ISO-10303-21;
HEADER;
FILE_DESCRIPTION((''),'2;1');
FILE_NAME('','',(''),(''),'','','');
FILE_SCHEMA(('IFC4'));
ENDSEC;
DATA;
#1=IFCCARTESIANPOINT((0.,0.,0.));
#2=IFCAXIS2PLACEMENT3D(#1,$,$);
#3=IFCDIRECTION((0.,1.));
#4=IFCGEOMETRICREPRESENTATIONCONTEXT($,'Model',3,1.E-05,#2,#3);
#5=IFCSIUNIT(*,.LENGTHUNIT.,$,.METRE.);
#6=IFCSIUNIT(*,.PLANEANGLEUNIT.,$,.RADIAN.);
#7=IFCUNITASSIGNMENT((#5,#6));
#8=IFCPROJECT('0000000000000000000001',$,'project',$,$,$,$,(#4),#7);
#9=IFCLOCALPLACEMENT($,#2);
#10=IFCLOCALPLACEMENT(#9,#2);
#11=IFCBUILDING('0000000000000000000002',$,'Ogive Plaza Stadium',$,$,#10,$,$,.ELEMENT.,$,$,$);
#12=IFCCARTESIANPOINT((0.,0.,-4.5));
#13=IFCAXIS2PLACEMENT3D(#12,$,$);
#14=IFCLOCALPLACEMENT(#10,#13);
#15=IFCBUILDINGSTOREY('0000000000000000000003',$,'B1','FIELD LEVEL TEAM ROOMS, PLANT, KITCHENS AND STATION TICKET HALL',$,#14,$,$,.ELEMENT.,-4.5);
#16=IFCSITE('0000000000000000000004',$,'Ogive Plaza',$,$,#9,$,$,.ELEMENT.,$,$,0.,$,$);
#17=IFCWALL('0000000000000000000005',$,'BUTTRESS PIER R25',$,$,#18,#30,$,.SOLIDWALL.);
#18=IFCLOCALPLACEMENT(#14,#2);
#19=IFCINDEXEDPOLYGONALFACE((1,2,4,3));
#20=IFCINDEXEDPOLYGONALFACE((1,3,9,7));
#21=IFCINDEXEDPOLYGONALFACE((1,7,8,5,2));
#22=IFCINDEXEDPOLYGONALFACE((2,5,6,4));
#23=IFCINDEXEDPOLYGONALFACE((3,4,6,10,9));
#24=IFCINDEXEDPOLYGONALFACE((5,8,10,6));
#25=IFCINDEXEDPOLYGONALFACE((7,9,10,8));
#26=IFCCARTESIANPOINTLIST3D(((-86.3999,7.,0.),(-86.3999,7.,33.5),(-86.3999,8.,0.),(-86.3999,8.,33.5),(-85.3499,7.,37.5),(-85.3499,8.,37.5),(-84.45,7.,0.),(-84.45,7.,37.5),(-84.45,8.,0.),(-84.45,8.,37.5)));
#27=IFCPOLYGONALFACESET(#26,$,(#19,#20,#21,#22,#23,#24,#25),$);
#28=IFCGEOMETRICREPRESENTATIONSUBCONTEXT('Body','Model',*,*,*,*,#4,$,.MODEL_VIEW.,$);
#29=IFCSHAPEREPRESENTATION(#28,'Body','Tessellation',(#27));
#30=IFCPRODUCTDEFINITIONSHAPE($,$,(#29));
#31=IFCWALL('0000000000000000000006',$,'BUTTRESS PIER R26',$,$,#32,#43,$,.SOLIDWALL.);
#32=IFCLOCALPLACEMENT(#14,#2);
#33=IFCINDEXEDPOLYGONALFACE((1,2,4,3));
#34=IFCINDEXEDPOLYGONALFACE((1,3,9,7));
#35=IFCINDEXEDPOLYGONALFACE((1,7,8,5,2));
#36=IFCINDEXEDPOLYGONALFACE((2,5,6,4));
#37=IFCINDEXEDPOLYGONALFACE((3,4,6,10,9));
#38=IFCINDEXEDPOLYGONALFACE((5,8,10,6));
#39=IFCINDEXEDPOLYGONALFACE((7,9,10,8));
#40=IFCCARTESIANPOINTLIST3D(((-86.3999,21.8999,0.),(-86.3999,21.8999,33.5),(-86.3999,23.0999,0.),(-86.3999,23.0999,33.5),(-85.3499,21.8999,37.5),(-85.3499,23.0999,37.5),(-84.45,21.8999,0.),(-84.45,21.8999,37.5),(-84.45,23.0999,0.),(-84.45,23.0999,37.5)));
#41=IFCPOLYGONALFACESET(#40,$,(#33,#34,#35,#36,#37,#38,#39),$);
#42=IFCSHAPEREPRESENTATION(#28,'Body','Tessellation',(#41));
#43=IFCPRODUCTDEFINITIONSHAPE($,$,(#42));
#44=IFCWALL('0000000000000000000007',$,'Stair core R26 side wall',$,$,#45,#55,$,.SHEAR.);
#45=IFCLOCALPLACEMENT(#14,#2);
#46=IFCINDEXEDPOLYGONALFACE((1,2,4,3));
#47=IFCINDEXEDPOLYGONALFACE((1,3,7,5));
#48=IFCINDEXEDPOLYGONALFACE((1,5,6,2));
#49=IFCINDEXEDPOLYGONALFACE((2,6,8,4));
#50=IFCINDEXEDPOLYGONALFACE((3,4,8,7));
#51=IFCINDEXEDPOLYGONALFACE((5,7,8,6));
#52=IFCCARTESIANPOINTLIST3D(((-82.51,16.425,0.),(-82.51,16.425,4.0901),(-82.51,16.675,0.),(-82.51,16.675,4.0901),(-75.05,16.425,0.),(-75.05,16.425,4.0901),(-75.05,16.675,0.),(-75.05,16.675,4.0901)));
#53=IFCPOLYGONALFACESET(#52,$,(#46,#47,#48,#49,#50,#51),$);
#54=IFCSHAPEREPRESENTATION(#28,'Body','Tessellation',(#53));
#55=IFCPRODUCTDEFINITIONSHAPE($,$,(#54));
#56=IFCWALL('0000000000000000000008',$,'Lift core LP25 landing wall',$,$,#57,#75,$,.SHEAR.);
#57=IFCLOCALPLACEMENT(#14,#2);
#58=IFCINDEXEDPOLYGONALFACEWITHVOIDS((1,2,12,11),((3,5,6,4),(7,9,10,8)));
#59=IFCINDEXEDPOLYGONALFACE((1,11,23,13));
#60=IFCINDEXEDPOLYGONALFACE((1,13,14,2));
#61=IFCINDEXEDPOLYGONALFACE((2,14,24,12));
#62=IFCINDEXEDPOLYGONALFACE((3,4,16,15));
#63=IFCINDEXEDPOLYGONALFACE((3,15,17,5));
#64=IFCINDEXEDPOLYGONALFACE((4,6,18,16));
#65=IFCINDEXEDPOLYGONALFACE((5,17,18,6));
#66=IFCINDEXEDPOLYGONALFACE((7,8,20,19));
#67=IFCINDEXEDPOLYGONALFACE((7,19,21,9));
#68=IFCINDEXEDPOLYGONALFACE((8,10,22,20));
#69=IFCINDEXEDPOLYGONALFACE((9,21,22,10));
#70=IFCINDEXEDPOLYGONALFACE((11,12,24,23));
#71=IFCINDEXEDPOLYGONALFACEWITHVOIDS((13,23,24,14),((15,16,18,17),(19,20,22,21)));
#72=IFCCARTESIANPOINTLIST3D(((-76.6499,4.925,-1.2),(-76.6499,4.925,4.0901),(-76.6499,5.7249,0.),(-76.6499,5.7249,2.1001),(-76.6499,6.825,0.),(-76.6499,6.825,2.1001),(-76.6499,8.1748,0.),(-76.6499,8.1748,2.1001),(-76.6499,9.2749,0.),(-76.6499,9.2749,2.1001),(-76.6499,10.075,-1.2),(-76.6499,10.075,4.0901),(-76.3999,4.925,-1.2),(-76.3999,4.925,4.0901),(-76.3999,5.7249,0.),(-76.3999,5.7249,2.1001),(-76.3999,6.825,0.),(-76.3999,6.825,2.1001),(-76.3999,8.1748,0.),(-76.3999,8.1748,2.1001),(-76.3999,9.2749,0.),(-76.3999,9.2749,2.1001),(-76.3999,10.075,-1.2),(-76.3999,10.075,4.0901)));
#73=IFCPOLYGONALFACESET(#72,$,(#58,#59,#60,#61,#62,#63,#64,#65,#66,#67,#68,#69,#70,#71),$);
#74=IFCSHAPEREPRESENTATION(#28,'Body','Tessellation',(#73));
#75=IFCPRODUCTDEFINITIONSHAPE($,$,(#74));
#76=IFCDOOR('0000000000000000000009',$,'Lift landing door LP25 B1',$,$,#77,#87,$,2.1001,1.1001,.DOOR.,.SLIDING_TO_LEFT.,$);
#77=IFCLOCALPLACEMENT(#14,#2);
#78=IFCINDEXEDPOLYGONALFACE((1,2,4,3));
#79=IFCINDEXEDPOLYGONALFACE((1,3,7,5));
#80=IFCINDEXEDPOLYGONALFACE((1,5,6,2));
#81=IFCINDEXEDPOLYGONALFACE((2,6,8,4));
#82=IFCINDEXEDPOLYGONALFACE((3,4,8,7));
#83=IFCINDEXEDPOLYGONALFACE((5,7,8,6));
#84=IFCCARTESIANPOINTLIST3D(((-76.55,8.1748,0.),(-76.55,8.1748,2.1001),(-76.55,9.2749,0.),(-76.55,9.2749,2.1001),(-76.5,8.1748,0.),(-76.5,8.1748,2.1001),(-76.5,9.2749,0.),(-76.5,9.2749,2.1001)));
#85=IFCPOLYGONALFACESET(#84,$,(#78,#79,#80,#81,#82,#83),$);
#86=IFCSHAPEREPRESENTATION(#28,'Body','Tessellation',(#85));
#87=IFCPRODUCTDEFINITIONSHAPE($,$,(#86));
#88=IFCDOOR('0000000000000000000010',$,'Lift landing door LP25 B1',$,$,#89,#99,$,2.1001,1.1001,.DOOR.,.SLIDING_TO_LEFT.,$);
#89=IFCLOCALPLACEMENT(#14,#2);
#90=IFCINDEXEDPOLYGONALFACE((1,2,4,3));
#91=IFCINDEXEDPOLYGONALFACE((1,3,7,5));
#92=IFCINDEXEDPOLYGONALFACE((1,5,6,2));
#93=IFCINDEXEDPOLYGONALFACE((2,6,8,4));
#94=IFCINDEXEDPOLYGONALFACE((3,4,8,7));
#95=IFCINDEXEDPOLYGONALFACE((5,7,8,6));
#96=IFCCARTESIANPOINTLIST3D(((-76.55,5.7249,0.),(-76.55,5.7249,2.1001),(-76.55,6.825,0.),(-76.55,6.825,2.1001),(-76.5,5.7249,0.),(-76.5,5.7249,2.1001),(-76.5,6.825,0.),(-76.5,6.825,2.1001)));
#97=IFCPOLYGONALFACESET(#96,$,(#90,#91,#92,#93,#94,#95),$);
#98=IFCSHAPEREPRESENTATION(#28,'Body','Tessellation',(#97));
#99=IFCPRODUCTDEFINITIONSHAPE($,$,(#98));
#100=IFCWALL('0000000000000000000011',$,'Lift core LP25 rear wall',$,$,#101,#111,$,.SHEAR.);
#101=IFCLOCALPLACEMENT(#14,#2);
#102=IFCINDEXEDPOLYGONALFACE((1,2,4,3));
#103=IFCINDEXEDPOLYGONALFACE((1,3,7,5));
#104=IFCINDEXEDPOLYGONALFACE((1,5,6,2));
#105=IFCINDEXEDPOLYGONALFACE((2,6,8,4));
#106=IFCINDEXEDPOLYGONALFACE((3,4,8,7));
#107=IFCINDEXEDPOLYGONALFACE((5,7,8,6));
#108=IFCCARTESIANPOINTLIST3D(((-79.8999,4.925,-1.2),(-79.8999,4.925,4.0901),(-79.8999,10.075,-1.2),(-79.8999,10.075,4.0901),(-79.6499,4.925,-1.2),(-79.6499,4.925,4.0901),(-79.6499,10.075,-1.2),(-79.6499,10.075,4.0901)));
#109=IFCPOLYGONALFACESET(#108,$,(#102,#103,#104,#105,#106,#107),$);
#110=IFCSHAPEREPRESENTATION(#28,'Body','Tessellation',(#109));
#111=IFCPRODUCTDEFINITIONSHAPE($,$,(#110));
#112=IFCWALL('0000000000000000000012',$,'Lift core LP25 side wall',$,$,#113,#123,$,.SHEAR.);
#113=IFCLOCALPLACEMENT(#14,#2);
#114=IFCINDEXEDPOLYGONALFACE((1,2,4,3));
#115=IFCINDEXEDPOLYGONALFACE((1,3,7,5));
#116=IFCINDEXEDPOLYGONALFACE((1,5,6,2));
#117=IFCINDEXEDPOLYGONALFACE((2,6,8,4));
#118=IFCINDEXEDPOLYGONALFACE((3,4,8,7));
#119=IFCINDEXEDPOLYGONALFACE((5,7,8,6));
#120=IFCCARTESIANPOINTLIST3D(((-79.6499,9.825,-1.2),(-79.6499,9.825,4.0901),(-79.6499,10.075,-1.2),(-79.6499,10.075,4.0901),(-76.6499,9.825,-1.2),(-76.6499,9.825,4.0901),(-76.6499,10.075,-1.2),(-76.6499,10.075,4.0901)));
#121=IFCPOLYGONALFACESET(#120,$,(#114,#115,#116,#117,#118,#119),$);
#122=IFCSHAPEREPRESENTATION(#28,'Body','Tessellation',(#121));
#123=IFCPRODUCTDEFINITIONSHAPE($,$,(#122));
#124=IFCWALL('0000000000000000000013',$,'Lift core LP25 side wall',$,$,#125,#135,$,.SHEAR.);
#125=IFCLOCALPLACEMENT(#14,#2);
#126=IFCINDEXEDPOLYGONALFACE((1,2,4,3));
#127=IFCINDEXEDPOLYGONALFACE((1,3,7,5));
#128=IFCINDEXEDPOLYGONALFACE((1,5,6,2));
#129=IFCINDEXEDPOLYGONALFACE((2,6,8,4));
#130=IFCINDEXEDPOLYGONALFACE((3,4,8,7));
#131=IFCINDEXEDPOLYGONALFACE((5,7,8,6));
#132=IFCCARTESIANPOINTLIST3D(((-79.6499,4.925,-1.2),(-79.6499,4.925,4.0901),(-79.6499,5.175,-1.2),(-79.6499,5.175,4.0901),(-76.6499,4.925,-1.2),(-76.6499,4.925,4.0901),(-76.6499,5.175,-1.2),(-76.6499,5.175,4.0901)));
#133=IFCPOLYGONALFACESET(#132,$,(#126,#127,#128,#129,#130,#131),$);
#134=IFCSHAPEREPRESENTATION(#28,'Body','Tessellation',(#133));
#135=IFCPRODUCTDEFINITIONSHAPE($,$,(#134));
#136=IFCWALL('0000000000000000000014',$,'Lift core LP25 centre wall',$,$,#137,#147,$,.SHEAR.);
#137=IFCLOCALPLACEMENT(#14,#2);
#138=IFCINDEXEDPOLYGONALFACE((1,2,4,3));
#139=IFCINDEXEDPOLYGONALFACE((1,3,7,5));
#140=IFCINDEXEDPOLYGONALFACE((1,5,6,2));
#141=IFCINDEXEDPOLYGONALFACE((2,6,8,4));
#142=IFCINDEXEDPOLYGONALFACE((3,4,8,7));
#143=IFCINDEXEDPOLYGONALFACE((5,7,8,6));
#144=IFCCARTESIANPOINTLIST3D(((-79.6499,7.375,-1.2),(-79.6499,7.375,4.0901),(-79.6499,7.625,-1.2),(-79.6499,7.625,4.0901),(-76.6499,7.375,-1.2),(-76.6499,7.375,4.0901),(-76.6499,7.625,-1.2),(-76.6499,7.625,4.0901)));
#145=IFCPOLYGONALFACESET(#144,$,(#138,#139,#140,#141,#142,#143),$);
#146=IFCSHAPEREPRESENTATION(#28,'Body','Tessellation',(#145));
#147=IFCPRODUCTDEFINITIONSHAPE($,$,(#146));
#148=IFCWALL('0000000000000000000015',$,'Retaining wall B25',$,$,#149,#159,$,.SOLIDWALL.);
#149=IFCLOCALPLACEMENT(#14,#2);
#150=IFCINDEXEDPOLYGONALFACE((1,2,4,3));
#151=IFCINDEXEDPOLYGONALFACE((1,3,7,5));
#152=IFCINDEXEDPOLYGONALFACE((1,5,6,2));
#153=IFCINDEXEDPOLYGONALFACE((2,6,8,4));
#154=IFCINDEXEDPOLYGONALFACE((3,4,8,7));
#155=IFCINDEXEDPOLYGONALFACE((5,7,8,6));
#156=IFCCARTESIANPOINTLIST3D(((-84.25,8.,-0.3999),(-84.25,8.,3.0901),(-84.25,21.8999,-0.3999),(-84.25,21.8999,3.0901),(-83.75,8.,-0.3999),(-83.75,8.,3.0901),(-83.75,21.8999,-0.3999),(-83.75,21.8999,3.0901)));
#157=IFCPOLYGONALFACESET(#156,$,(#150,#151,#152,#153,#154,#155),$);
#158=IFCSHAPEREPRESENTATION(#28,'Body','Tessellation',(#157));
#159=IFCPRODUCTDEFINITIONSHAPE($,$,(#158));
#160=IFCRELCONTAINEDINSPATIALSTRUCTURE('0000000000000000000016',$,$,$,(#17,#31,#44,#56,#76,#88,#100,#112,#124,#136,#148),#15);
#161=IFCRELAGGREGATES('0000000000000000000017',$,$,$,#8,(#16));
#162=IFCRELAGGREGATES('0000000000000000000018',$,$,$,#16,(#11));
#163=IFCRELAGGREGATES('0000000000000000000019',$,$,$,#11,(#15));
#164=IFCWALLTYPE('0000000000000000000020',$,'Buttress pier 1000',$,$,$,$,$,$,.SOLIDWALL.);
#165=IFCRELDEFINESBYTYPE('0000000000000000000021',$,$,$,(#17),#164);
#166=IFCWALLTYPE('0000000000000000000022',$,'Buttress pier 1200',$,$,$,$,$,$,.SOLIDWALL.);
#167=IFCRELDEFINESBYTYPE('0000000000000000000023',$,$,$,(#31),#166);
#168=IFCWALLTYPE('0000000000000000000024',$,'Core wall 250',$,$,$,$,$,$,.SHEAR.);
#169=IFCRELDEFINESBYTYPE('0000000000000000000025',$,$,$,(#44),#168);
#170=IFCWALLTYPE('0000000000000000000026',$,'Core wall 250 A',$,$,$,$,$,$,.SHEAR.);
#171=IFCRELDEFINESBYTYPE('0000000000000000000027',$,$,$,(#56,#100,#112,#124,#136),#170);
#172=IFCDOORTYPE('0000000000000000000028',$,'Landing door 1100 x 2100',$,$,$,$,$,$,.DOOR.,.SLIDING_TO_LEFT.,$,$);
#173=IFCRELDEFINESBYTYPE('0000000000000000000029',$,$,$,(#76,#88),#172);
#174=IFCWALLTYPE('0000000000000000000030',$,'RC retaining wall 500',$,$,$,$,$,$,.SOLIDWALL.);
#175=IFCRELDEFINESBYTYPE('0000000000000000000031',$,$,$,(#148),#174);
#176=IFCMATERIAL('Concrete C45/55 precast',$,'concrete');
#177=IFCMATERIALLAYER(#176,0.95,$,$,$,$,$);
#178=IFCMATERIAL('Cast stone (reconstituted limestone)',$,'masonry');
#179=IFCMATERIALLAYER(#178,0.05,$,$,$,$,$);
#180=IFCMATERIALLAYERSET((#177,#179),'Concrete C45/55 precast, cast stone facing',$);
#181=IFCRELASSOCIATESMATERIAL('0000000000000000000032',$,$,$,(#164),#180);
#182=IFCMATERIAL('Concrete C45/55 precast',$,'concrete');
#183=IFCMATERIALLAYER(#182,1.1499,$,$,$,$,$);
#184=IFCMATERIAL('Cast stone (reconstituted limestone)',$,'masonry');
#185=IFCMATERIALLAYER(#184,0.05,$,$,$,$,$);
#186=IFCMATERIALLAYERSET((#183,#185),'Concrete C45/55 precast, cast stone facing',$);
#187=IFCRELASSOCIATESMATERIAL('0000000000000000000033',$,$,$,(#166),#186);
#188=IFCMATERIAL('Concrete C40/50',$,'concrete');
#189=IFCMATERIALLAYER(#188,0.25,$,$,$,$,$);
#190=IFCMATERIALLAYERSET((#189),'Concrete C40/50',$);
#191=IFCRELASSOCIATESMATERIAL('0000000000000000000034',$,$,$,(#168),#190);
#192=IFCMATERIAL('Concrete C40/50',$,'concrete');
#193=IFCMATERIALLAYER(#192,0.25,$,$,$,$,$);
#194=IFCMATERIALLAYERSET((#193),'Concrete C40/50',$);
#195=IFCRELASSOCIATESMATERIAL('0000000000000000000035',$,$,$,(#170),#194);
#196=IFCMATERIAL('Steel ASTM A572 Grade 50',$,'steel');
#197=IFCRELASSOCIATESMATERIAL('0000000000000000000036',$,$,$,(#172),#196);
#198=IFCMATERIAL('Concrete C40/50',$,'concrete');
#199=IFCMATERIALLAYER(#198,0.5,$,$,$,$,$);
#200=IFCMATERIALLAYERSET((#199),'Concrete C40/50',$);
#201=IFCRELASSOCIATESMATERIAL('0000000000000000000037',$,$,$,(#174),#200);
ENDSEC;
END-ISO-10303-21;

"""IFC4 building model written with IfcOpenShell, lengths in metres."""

from ifc_helpers import new_model, si_unit, direction, frame, frame_2d, origin, place, context, subcontext, project, spatial, polyline, rectangle, outline, extrude, material, layer, layer_set, type_object, element, fill, save


model = new_model("IFC4")

# Units and contexts
model_context = context("Model", 3, precision=1e-05, world=origin(), true_north=direction((0.0, 1.0)))
body_context = subcontext(model_context, "Body", "Model", "MODEL_VIEW")
ifc_project = project(units=[si_unit("LENGTHUNIT", "METRE"), si_unit("PLANEANGLEUNIT", "RADIAN")], contexts=[model_context])

# Site, building, storey
site_placement = place(None, origin())
site = spatial("IfcSite", under=ifc_project, at=site_placement, Name="Ogive Plaza", CompositionType="ELEMENT", RefElevation=0.0)
building_placement = place(site_placement, origin())
building = spatial("IfcBuilding", under=site, at=building_placement, Name="Ogive Plaza Stadium", CompositionType="ELEMENT")
storey_placement = place(building_placement, frame((0.0, 0.0, -4.5)))
storey = spatial("IfcBuildingStorey", under=building, at=storey_placement, Name="B1", Description="FIELD LEVEL TEAM ROOMS, PLANT, KITCHENS AND STATION TICKET HALL", CompositionType="ELEMENT", Elevation=-4.5)

# Walls
ifc_material_1 = material(Name="Concrete C45/55 precast", Category="concrete")
ifc_layer_1 = layer(ifc_material_1, 0.95)
ifc_material_2 = material(Name="Cast stone (reconstituted limestone)", Category="masonry")
ifc_layer_2 = layer(ifc_material_2, 0.05)
ifc_layer_set_1 = layer_set([ifc_layer_1, ifc_layer_2], Name="Concrete C45/55 precast, cast stone facing")
wall_type_1 = type_object("IfcWallType", Name="Buttress pier 1000", PredefinedType="SOLIDWALL", material=ifc_layer_set_1)
wall_1_placement = place(storey_placement, frame((-84.45, 7.5, 0.0), z_axis=(0.0, 0.0, 1.0), x_axis=(-1.0, 0.0, 0.0)))
element("IfcWall", 1, at=wall_1_placement, inside=storey, type_object=wall_type_1, Name="BUTTRESS PIER R25", PredefinedType="SOLIDWALL", context=body_context, shape_type="SweptSolid", body=[
    extrude(outline(polyline([(0.0, 0.0), (1.95, 0.0), (1.95, 33.5), (0.8999, 37.5), (0.0, 37.5), (0.0, 0.0)])), frame((0.0, 0.5, 0.0), z_axis=(0.0, -1.0, 0.0), x_axis=(1.0, 0.0, 0.0)), (0.0, 0.0, 1.0), 1.0),
])
ifc_material_3 = material(Name="Concrete C45/55 precast", Category="concrete")
ifc_layer_3 = layer(ifc_material_3, 1.1499)
ifc_material_4 = material(Name="Cast stone (reconstituted limestone)", Category="masonry")
ifc_layer_4 = layer(ifc_material_4, 0.05)
ifc_layer_set_2 = layer_set([ifc_layer_3, ifc_layer_4], Name="Concrete C45/55 precast, cast stone facing")
wall_type_2 = type_object("IfcWallType", Name="Buttress pier 1200", PredefinedType="SOLIDWALL", material=ifc_layer_set_2)
wall_2_placement = place(storey_placement, frame((-84.45, 22.5, 0.0), z_axis=(0.0, 0.0, 1.0), x_axis=(-1.0, 0.0, 0.0)))
element("IfcWall", 2, at=wall_2_placement, inside=storey, type_object=wall_type_2, Name="BUTTRESS PIER R26", PredefinedType="SOLIDWALL", context=body_context, shape_type="SweptSolid", body=[
    extrude(outline(polyline([(0.0, 0.0), (1.95, 0.0), (1.95, 33.5), (0.8999, 37.5), (0.0, 37.5), (0.0, 0.0)])), frame((0.0, 0.6001, 0.0), z_axis=(0.0, -1.0, 0.0), x_axis=(1.0, 0.0, 0.0)), (0.0, 0.0, 1.0), 1.2),
])
ifc_material_5 = material(Name="Concrete C40/50", Category="concrete")
ifc_layer_5 = layer(ifc_material_5, 0.25)
ifc_layer_set_3 = layer_set([ifc_layer_5], Name="Concrete C40/50")
wall_type_3 = type_object("IfcWallType", Name="Core wall 250", PredefinedType="SHEAR", material=ifc_layer_set_3)
wall_3_placement = place(storey_placement, frame((-75.05, 16.55, 0.0), z_axis=(0.0, 0.0, 1.0), x_axis=(-1.0, 0.0, 0.0)))
element("IfcWall", 3, at=wall_3_placement, inside=storey, type_object=wall_type_3, Name="Stair core R26 side wall", PredefinedType="SHEAR", context=body_context, shape_type="SweptSolid", body=[
    extrude(rectangle(XDim=7.46, YDim=0.25, at=frame_2d((3.73, 0.0))), origin(), (0.0, 0.0, 1.0), 4.0901),
])

# Wall, openings, doors
ifc_material_6 = material(Name="Concrete C40/50", Category="concrete")
ifc_layer_6 = layer(ifc_material_6, 0.25)
ifc_layer_set_4 = layer_set([ifc_layer_6], Name="Concrete C40/50")
wall_type_4 = type_object("IfcWallType", Name="Core wall 250 A", PredefinedType="SHEAR", material=ifc_layer_set_4)
wall_4_placement = place(storey_placement, frame((-76.5249, 10.075, -1.2), z_axis=(0.0, 0.0, 1.0), x_axis=(0.0, -1.0, 0.0)))
wall_4 = element("IfcWall", 4, at=wall_4_placement, inside=storey, type_object=wall_type_4, Name="Lift core LP25 landing wall", PredefinedType="SHEAR", context=body_context, shape_type="SweptSolid", body=[
    extrude(rectangle(XDim=5.1499, YDim=0.25, at=frame_2d((2.575, 0.0))), origin(), (0.0, 0.0, 1.0), 5.29),
])
opening_1_placement = place(wall_4_placement, frame((0.8, 0.0, 1.2)))
opening_1 = element("IfcOpeningElement", 5, at=opening_1_placement, cuts=wall_4, PredefinedType="OPENING", context=body_context, shape_type="SweptSolid", body=[
    extrude(rectangle(XDim=1.1001, YDim=2.1001, at=frame_2d((0.55, 1.05))), frame((0.0, 0.125, 0.0), z_axis=(0.0, -1.0, 0.0), x_axis=(1.0, 0.0, 0.0)), (0.0, 0.0, 1.0), 0.25),
])
opening_2_placement = place(wall_4_placement, frame((3.25, 0.0, 1.2)))
opening_2 = element("IfcOpeningElement", 6, at=opening_2_placement, cuts=wall_4, PredefinedType="OPENING", context=body_context, shape_type="SweptSolid", body=[
    extrude(rectangle(XDim=1.1001, YDim=2.1001, at=frame_2d((0.55, 1.05))), frame((0.0, 0.125, 0.0), z_axis=(0.0, -1.0, 0.0), x_axis=(1.0, 0.0, 0.0)), (0.0, 0.0, 1.0), 0.25),
])
ifc_material_7 = material(Name="Steel ASTM A572 Grade 50", Category="steel")
door_type = type_object("IfcDoorType", Name="Landing door 1100 x 2100", OperationType="SLIDING_TO_LEFT", PredefinedType="DOOR", material=ifc_material_7)
door_1_placement = place(opening_1_placement, origin())
door_1 = element("IfcDoor", 7, at=door_1_placement, inside=storey, type_object=door_type, Name="Lift landing door LP25 B1", OperationType="SLIDING_TO_LEFT", OverallHeight=2.1001, OverallWidth=1.1001, PredefinedType="DOOR", context=body_context, shape_type="SweptSolid", body=[
    extrude(rectangle(XDim=1.1001, YDim=2.1001, at=frame_2d((0.55, 1.05))), frame((0.0, 0.0249, 0.0), z_axis=(0.0, -1.0, 0.0), x_axis=(1.0, 0.0, 0.0)), (0.0, 0.0, 1.0), 0.05),
])
fill(opening_1, door_1)
door_2_placement = place(opening_2_placement, origin())
door_2 = element("IfcDoor", 8, at=door_2_placement, inside=storey, type_object=door_type, Name="Lift landing door LP25 B1", OperationType="SLIDING_TO_LEFT", OverallHeight=2.1001, OverallWidth=1.1001, PredefinedType="DOOR", context=body_context, shape_type="SweptSolid", body=[
    extrude(rectangle(XDim=1.1001, YDim=2.1001, at=frame_2d((0.55, 1.05))), frame((0.0, 0.0249, 0.0), z_axis=(0.0, -1.0, 0.0), x_axis=(1.0, 0.0, 0.0)), (0.0, 0.0, 1.0), 0.05),
])
fill(opening_2, door_2)

# Walls
wall_5_placement = place(storey_placement, frame((-79.7749, 10.075, -1.2), z_axis=(0.0, 0.0, 1.0), x_axis=(0.0, -1.0, 0.0)))
element("IfcWall", 9, at=wall_5_placement, inside=storey, type_object=wall_type_4, Name="Lift core LP25 rear wall", PredefinedType="SHEAR", context=body_context, shape_type="SweptSolid", body=[
    extrude(rectangle(XDim=5.1499, YDim=0.25, at=frame_2d((2.575, 0.0))), origin(), (0.0, 0.0, 1.0), 5.29),
])
for number, where, z_axis, x_axis, name in (
    (10, (-76.6499, 9.95, -1.2), (0.0, 0.0, 1.0), (-1.0, 0.0, 0.0), "Lift core LP25 side wall"),
    (11, (-76.6499, 5.05, -1.2), (0.0, 0.0, 1.0), (-1.0, 0.0, 0.0), "Lift core LP25 side wall"),
    (12, (-76.6499, 7.5, -1.2), (0.0, 0.0, 1.0), (-1.0, 0.0, 0.0), "Lift core LP25 centre wall"),
):
    element("IfcWall", number, at=place(storey_placement, frame(where, z_axis=z_axis, x_axis=x_axis)), inside=storey, type_object=wall_type_4, Name=name, PredefinedType="SHEAR", context=body_context, shape_type="SweptSolid", body=[
        extrude(rectangle(XDim=3.0, YDim=0.25, at=frame_2d((1.5, 0.0))), origin(), (0.0, 0.0, 1.0), 5.29),
    ])
ifc_material_8 = material(Name="Concrete C40/50", Category="concrete")
ifc_layer_7 = layer(ifc_material_8, 0.5)
ifc_layer_set_5 = layer_set([ifc_layer_7], Name="Concrete C40/50")
wall_type_5 = type_object("IfcWallType", Name="RC retaining wall 500", PredefinedType="SOLIDWALL", material=ifc_layer_set_5)
wall_6_placement = place(storey_placement, frame((-84.0, 8.0, -0.3999), z_axis=(0.0, 0.0, 1.0), x_axis=(0.0, 1.0, 0.0)))
element("IfcWall", 13, at=wall_6_placement, inside=storey, type_object=wall_type_5, Name="Retaining wall B25", PredefinedType="SOLIDWALL", context=body_context, shape_type="SweptSolid", body=[
    extrude(rectangle(XDim=13.8999, YDim=0.5, at=frame_2d((6.95, 0.0))), origin(), (0.0, 0.0, 1.0), 3.49),
])

save(model, "model.ifc")
